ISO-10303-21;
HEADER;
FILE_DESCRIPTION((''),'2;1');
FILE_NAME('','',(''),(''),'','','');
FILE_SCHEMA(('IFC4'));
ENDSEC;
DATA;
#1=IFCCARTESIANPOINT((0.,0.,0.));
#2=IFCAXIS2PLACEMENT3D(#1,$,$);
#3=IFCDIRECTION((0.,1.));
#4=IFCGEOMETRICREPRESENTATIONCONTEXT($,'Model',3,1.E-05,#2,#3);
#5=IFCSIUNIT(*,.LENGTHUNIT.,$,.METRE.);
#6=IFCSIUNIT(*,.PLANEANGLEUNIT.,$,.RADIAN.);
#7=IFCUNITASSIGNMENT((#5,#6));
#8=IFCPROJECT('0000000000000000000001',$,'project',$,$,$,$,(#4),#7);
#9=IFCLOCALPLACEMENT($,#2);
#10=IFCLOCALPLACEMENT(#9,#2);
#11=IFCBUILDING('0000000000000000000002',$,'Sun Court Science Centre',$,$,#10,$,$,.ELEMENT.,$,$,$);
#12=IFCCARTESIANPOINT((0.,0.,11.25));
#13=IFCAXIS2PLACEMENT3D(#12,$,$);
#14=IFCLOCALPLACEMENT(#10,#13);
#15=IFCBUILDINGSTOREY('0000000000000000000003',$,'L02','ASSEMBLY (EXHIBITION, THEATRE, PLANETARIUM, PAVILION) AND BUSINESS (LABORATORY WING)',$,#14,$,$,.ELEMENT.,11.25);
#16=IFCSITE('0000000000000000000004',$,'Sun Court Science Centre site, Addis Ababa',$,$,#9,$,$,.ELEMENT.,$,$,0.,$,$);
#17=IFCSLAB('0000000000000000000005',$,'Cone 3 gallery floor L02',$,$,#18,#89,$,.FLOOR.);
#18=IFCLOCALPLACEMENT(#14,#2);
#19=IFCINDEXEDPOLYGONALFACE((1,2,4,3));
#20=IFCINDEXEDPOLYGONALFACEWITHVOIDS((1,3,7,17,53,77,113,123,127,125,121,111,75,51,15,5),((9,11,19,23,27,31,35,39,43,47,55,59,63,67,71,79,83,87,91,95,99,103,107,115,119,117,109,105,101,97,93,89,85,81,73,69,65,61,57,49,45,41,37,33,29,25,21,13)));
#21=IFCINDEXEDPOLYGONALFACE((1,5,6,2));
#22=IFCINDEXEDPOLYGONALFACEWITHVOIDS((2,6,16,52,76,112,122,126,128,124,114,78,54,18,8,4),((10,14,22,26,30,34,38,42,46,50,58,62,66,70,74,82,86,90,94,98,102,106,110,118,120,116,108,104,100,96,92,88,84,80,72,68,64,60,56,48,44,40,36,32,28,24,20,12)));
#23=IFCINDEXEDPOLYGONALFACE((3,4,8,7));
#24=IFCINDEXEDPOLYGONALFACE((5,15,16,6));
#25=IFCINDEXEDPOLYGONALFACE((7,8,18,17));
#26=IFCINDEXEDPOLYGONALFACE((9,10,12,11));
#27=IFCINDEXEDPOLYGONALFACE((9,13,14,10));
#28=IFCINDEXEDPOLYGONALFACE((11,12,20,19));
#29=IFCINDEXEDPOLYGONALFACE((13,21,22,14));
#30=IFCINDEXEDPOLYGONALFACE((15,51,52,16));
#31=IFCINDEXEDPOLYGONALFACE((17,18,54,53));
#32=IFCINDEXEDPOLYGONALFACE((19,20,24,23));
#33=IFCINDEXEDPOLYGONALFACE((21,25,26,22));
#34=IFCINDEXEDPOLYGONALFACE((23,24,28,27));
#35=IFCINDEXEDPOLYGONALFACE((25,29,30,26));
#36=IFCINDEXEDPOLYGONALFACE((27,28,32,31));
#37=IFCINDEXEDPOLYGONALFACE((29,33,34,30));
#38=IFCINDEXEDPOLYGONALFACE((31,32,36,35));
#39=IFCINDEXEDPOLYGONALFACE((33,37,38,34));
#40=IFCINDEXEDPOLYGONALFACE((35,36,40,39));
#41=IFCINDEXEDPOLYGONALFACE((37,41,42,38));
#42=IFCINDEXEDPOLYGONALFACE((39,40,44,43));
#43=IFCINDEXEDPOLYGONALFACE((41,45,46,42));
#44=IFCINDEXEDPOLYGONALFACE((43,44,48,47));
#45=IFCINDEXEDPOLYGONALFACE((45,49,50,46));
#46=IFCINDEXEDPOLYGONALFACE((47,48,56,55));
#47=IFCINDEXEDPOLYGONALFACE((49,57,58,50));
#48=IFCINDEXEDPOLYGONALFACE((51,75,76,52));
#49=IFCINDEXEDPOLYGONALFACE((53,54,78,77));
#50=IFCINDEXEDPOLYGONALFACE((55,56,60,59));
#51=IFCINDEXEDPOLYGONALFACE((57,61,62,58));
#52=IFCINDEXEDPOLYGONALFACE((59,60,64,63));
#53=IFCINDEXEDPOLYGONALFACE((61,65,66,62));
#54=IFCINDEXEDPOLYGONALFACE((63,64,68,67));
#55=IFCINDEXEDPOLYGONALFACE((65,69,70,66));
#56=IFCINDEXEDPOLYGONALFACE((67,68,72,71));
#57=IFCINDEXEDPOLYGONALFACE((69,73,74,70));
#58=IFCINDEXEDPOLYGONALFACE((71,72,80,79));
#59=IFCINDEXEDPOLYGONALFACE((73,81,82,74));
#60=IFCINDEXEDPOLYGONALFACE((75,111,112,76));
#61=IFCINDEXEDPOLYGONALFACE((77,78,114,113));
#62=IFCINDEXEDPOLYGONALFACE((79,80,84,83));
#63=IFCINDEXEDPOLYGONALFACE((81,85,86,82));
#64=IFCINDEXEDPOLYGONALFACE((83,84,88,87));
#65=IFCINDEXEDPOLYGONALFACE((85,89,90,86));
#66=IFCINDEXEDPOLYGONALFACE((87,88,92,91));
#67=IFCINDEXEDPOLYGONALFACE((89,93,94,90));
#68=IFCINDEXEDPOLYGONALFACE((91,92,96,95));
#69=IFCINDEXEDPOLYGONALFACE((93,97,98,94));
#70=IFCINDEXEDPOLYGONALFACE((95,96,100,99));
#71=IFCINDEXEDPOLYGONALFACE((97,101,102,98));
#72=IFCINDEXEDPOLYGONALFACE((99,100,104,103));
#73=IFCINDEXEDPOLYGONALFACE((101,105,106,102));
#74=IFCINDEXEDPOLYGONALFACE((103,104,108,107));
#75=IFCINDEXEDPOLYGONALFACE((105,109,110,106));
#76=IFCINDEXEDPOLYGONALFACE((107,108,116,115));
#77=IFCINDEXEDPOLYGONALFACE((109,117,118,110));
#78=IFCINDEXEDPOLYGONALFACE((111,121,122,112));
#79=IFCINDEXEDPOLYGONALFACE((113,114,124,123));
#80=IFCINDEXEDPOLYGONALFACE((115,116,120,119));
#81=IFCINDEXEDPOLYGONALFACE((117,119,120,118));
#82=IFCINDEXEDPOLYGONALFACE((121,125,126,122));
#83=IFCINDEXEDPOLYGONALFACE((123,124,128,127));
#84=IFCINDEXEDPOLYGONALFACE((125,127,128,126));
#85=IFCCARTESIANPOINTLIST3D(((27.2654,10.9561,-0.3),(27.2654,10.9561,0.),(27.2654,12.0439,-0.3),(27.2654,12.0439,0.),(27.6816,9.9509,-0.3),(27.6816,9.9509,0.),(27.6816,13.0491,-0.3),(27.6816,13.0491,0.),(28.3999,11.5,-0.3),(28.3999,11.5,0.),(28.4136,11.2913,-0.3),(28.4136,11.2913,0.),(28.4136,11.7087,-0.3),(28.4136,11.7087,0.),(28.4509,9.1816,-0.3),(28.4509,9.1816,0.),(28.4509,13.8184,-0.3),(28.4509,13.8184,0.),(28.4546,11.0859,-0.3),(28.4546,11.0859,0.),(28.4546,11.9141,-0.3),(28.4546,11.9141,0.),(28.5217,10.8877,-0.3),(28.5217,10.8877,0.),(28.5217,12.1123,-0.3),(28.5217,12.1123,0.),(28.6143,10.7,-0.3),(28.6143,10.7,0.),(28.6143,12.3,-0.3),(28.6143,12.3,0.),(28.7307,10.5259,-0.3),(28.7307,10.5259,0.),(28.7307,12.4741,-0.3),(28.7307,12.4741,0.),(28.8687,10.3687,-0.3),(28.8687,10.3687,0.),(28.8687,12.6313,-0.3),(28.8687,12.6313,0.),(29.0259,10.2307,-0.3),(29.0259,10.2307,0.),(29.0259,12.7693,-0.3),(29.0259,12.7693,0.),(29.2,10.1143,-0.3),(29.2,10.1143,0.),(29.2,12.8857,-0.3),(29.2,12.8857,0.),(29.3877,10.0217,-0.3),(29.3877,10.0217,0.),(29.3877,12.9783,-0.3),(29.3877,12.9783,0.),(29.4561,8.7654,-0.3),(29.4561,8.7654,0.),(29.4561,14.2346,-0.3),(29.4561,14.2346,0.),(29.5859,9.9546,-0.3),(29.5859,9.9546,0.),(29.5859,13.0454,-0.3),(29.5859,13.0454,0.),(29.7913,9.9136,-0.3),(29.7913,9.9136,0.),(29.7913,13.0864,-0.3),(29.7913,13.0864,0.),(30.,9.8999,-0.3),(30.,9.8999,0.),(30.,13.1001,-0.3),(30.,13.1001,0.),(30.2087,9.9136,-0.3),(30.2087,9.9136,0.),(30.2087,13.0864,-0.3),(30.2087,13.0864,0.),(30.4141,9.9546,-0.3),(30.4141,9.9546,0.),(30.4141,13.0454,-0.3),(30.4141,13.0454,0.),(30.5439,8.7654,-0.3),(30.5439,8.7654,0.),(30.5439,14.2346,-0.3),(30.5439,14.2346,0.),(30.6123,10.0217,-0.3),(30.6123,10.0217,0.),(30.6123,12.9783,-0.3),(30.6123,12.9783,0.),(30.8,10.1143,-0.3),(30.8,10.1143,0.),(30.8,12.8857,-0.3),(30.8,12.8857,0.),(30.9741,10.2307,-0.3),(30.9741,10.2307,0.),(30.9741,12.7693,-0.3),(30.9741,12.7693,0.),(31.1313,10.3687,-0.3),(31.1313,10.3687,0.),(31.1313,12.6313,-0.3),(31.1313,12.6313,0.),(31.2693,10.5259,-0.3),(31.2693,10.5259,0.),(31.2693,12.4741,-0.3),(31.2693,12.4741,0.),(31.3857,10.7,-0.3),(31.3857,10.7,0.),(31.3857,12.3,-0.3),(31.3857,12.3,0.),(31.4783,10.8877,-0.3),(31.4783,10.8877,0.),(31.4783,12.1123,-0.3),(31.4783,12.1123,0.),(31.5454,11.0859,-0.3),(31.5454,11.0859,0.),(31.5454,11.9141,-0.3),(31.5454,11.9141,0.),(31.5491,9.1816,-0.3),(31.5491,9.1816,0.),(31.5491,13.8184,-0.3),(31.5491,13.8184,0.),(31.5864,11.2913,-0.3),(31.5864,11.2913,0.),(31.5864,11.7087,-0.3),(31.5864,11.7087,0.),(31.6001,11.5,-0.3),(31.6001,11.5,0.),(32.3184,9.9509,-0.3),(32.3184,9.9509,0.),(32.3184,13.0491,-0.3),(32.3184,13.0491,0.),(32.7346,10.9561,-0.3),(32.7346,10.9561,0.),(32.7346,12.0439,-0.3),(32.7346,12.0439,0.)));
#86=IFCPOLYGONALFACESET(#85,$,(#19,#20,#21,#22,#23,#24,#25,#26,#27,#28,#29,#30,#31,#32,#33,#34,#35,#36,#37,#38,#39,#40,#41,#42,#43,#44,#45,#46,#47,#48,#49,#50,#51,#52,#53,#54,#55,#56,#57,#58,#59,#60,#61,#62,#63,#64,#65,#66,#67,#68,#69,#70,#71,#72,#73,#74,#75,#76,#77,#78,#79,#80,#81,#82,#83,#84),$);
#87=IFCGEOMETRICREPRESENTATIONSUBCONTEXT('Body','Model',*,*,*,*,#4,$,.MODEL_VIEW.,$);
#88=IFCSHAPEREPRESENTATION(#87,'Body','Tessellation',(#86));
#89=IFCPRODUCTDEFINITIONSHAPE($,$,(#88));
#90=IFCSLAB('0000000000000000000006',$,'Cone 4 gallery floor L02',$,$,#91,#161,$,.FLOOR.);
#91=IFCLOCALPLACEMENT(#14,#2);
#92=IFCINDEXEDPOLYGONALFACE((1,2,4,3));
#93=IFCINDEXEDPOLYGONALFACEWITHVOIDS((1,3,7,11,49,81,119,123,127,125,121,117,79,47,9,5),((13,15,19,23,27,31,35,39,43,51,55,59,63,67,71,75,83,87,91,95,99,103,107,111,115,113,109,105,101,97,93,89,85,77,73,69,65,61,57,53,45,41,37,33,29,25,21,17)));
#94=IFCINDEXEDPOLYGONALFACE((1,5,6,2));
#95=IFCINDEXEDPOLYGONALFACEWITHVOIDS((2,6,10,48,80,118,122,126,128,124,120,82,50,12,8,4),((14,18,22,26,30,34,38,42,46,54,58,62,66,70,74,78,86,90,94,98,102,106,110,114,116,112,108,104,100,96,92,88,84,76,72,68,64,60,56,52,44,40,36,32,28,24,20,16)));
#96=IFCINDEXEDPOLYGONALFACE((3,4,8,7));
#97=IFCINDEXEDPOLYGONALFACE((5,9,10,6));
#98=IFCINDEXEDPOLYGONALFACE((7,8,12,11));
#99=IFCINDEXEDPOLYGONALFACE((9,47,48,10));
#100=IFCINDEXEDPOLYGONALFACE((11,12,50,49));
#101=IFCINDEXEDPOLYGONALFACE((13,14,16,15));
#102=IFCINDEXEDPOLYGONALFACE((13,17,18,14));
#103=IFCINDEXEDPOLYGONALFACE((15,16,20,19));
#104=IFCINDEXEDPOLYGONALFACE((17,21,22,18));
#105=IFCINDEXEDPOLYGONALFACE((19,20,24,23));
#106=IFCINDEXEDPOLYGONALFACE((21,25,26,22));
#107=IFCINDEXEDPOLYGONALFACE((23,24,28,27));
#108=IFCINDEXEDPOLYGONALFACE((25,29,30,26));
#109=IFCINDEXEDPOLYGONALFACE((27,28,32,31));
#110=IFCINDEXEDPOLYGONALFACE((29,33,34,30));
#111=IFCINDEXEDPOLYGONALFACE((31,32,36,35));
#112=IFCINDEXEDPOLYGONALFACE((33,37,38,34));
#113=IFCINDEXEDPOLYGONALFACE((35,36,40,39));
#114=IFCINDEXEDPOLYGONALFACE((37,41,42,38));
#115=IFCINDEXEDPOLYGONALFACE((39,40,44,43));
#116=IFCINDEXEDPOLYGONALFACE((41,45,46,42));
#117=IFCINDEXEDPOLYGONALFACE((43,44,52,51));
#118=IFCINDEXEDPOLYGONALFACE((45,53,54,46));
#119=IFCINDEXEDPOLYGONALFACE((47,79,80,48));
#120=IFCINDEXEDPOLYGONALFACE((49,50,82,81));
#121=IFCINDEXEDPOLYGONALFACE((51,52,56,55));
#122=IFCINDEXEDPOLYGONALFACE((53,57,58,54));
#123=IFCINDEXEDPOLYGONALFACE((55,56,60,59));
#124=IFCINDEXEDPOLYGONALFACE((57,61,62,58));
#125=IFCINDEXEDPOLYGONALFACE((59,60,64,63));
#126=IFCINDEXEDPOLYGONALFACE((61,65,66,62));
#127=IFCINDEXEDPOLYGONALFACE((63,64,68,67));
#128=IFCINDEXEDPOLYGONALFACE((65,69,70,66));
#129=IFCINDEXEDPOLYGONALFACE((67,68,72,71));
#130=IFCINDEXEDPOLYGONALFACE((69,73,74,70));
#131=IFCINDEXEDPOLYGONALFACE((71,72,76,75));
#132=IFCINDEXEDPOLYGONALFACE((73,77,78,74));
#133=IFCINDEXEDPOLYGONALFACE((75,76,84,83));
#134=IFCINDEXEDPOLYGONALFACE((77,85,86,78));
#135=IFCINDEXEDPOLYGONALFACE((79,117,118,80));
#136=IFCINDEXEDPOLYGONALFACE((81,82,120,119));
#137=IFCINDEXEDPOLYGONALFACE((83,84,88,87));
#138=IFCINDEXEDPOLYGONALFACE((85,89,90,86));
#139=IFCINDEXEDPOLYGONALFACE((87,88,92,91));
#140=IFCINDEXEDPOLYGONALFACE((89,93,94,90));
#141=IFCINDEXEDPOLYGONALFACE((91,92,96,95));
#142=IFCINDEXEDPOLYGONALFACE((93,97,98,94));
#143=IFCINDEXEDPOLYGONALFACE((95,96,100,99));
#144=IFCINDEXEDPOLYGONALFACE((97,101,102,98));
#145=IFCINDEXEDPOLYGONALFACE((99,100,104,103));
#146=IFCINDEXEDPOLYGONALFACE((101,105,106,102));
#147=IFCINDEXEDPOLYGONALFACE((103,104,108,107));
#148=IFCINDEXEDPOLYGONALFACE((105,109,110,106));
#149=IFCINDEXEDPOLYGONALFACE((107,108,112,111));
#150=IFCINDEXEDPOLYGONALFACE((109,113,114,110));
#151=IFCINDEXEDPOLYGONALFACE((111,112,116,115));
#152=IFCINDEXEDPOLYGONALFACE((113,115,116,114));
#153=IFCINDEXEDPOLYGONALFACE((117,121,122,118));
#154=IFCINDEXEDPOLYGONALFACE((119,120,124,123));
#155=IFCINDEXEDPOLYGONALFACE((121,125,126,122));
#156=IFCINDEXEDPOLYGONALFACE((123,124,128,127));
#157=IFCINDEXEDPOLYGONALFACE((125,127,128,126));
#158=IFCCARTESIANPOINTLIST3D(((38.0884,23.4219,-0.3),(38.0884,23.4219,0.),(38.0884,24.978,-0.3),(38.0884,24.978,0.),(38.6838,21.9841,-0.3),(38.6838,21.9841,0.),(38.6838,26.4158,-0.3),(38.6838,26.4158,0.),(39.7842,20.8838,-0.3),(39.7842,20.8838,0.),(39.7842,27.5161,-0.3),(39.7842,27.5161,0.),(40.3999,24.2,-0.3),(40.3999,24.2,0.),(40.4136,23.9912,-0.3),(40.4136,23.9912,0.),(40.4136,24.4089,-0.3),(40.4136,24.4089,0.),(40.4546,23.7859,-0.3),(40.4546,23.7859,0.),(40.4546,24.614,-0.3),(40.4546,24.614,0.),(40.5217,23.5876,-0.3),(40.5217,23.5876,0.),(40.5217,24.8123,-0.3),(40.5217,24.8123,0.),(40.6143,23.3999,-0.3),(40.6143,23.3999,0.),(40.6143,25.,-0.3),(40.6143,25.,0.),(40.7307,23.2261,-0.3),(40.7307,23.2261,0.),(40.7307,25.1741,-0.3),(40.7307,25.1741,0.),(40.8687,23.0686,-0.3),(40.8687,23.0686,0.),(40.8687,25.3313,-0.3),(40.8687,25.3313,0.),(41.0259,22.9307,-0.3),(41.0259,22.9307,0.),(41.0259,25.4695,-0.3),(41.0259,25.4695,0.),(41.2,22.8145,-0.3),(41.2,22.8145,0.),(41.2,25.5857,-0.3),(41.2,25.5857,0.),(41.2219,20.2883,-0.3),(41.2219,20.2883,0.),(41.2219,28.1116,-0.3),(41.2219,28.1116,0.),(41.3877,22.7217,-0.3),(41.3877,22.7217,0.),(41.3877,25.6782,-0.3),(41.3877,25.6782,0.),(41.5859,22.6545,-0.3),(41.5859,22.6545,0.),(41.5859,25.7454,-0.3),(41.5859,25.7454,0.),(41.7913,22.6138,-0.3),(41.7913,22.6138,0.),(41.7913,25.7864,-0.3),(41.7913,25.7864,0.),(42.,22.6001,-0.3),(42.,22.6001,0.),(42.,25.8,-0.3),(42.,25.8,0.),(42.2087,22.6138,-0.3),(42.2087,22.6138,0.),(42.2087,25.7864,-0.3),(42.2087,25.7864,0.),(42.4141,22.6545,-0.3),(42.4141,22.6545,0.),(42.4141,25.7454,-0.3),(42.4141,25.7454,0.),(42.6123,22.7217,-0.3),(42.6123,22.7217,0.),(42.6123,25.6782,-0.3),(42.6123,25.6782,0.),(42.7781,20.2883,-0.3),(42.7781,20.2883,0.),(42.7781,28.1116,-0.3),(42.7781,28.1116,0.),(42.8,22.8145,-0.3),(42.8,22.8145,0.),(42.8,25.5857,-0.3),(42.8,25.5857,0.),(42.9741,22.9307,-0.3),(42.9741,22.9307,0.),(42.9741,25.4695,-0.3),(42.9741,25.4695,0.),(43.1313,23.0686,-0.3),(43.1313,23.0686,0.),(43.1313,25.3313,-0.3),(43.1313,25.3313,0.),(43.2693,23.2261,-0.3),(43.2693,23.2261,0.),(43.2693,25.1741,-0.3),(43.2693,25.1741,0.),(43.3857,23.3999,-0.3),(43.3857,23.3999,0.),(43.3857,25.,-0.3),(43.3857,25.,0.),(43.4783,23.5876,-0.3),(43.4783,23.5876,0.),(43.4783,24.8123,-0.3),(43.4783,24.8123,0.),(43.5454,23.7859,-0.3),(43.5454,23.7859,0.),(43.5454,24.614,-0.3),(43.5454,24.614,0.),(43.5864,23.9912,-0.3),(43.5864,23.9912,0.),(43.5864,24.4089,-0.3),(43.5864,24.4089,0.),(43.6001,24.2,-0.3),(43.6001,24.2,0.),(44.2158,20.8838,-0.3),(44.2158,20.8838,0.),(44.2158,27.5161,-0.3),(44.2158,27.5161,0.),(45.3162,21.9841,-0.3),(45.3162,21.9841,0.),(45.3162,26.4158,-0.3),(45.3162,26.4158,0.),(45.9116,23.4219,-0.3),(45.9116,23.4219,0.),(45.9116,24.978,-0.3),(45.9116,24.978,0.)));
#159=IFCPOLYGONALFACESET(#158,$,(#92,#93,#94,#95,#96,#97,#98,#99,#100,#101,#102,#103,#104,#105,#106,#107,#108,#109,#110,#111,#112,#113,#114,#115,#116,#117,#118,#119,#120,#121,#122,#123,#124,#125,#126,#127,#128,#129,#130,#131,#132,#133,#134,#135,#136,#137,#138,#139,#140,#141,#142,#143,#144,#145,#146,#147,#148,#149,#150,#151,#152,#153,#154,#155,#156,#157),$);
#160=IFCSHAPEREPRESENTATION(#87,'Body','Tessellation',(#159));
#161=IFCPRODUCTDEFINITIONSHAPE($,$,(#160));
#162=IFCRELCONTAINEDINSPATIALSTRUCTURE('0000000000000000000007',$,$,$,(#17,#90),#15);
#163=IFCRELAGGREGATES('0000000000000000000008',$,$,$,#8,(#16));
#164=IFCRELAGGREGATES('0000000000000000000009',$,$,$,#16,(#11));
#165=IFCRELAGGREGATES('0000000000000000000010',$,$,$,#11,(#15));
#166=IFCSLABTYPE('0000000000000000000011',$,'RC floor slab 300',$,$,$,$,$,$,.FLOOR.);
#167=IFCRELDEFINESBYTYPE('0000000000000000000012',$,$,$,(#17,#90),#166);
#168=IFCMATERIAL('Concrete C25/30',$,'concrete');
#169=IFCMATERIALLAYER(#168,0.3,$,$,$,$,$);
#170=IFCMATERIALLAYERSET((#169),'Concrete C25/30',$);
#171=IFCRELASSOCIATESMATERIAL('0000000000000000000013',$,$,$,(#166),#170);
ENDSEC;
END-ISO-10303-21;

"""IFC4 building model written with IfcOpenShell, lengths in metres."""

from ifc_helpers import new_model, si_unit, direction, frame, origin, place, context, subcontext, project, spatial, polyline, outline, extrude, material, layer, layer_set, type_object, element, save


model = new_model("IFC4")

# Units and contexts
model_context = context("Model", 3, precision=1e-05, world=origin(), true_north=direction((0.0, 1.0)))
body_context = subcontext(model_context, "Body", "Model", "MODEL_VIEW")
ifc_project = project(units=[si_unit("LENGTHUNIT", "METRE"), si_unit("PLANEANGLEUNIT", "RADIAN")], contexts=[model_context])

# Site, building, storey
site_placement = place(None, origin())
site = spatial("IfcSite", under=ifc_project, at=site_placement, Name="Sun Court Science Centre site, Addis Ababa", CompositionType="ELEMENT", RefElevation=0.0)
building_placement = place(site_placement, origin())
building = spatial("IfcBuilding", under=site, at=building_placement, Name="Sun Court Science Centre", CompositionType="ELEMENT")
storey_placement = place(building_placement, frame((0.0, 0.0, 11.25)))
storey = spatial("IfcBuildingStorey", under=building, at=storey_placement, Name="L02", Description="ASSEMBLY (EXHIBITION, THEATRE, PLANETARIUM, PAVILION) AND BUSINESS (LABORATORY WING)", CompositionType="ELEMENT", Elevation=11.25)

# Slabs
ifc_material_1 = material(Name="Concrete C25/30", Category="concrete")
ifc_layer_1 = layer(ifc_material_1, 0.3)
ifc_layer_set_1 = layer_set([ifc_layer_1], Name="Concrete C25/30")
slab_type = type_object("IfcSlabType", Name="RC floor slab 300", PredefinedType="FLOOR", material=ifc_layer_set_1)
slab_1_placement = place(storey_placement, frame((0.0, 0.0, -0.3)))
element("IfcSlab", 1, at=slab_1_placement, inside=storey, type_object=slab_type, Name="Cone 3 gallery floor L02", PredefinedType="FLOOR", context=body_context, shape_type="SweptSolid", body=[
    extrude(outline(polyline([(32.7346, 10.9561), (32.7346, 12.0439), (32.3184, 13.0491), (31.5491, 13.8184), (30.5439, 14.2346), (29.4561, 14.2346), (28.4509, 13.8184), (27.6816, 13.0491), (27.2654, 12.0439), (27.2654, 10.9561), (27.6816, 9.9509), (28.4509, 9.1816), (29.4561, 8.7654), (30.5439, 8.7654), (31.5491, 9.1816), (32.3184, 9.9509), (32.7346, 10.9561)]), holes=[polyline([(31.5864, 11.7087), (31.6001, 11.5), (31.5864, 11.2913), (31.5454, 11.0859), (31.4783, 10.8877), (31.3857, 10.7), (31.2693, 10.5259), (31.1313, 10.3687), (30.9741, 10.2307), (30.8, 10.1143), (30.6123, 10.0217), (30.4141, 9.9546), (30.2087, 9.9136), (30.0, 9.8999), (29.7913, 9.9136), (29.5859, 9.9546), (29.3877, 10.0217), (29.2, 10.1143), (29.0259, 10.2307), (28.8687, 10.3687), (28.7307, 10.5259), (28.6143, 10.7), (28.5217, 10.8877), (28.4546, 11.0859), (28.4136, 11.2913), (28.3999, 11.5), (28.4136, 11.7087), (28.4546, 11.9141), (28.5217, 12.1123), (28.6143, 12.3), (28.7307, 12.4741), (28.8687, 12.6313), (29.0259, 12.7693), (29.2, 12.8857), (29.3877, 12.9783), (29.5859, 13.0454), (29.7913, 13.0864), (30.0, 13.1001), (30.2087, 13.0864), (30.4141, 13.0454), (30.6123, 12.9783), (30.8, 12.8857), (30.9741, 12.7693), (31.1313, 12.6313), (31.2693, 12.4741), (31.3857, 12.3), (31.4783, 12.1123), (31.5454, 11.9141), (31.5864, 11.7087)])]), origin(), (0.0, 0.0, 1.0), 0.3),
])
slab_2_placement = place(storey_placement, frame((0.0, 0.0, -0.3)))
element("IfcSlab", 2, at=slab_2_placement, inside=storey, type_object=slab_type, Name="Cone 4 gallery floor L02", PredefinedType="FLOOR", context=body_context, shape_type="SweptSolid", body=[
    extrude(outline(polyline([(45.9116, 23.4219), (45.9116, 24.978), (45.3162, 26.4158), (44.2158, 27.5161), (42.7781, 28.1116), (41.2219, 28.1116), (39.7842, 27.5161), (38.6838, 26.4158), (38.0884, 24.978), (38.0884, 23.4219), (38.6838, 21.9841), (39.7842, 20.8838), (41.2219, 20.2883), (42.7781, 20.2883), (44.2158, 20.8838), (45.3162, 21.9841), (45.9116, 23.4219)]), holes=[polyline([(43.5864, 24.4089), (43.6001, 24.2), (43.5864, 23.9912), (43.5454, 23.7859), (43.4783, 23.5876), (43.3857, 23.3999), (43.2693, 23.2261), (43.1313, 23.0686), (42.9741, 22.9307), (42.8, 22.8145), (42.6123, 22.7217), (42.4141, 22.6545), (42.2087, 22.6138), (42.0, 22.6001), (41.7913, 22.6138), (41.5859, 22.6545), (41.3877, 22.7217), (41.2, 22.8145), (41.0259, 22.9307), (40.8687, 23.0686), (40.7307, 23.2261), (40.6143, 23.3999), (40.5217, 23.5876), (40.4546, 23.7859), (40.4136, 23.9912), (40.3999, 24.2), (40.4136, 24.4089), (40.4546, 24.614), (40.5217, 24.8123), (40.6143, 25.0), (40.7307, 25.1741), (40.8687, 25.3313), (41.0259, 25.4695), (41.2, 25.5857), (41.3877, 25.6782), (41.5859, 25.7454), (41.7913, 25.7864), (42.0, 25.8), (42.2087, 25.7864), (42.4141, 25.7454), (42.6123, 25.6782), (42.8, 25.5857), (42.9741, 25.4695), (43.1313, 25.3313), (43.2693, 25.1741), (43.3857, 25.0), (43.4783, 24.8123), (43.5454, 24.614), (43.5864, 24.4089)])]), origin(), (0.0, 0.0, 1.0), 0.3),
])

save(model, "model.ifc")
